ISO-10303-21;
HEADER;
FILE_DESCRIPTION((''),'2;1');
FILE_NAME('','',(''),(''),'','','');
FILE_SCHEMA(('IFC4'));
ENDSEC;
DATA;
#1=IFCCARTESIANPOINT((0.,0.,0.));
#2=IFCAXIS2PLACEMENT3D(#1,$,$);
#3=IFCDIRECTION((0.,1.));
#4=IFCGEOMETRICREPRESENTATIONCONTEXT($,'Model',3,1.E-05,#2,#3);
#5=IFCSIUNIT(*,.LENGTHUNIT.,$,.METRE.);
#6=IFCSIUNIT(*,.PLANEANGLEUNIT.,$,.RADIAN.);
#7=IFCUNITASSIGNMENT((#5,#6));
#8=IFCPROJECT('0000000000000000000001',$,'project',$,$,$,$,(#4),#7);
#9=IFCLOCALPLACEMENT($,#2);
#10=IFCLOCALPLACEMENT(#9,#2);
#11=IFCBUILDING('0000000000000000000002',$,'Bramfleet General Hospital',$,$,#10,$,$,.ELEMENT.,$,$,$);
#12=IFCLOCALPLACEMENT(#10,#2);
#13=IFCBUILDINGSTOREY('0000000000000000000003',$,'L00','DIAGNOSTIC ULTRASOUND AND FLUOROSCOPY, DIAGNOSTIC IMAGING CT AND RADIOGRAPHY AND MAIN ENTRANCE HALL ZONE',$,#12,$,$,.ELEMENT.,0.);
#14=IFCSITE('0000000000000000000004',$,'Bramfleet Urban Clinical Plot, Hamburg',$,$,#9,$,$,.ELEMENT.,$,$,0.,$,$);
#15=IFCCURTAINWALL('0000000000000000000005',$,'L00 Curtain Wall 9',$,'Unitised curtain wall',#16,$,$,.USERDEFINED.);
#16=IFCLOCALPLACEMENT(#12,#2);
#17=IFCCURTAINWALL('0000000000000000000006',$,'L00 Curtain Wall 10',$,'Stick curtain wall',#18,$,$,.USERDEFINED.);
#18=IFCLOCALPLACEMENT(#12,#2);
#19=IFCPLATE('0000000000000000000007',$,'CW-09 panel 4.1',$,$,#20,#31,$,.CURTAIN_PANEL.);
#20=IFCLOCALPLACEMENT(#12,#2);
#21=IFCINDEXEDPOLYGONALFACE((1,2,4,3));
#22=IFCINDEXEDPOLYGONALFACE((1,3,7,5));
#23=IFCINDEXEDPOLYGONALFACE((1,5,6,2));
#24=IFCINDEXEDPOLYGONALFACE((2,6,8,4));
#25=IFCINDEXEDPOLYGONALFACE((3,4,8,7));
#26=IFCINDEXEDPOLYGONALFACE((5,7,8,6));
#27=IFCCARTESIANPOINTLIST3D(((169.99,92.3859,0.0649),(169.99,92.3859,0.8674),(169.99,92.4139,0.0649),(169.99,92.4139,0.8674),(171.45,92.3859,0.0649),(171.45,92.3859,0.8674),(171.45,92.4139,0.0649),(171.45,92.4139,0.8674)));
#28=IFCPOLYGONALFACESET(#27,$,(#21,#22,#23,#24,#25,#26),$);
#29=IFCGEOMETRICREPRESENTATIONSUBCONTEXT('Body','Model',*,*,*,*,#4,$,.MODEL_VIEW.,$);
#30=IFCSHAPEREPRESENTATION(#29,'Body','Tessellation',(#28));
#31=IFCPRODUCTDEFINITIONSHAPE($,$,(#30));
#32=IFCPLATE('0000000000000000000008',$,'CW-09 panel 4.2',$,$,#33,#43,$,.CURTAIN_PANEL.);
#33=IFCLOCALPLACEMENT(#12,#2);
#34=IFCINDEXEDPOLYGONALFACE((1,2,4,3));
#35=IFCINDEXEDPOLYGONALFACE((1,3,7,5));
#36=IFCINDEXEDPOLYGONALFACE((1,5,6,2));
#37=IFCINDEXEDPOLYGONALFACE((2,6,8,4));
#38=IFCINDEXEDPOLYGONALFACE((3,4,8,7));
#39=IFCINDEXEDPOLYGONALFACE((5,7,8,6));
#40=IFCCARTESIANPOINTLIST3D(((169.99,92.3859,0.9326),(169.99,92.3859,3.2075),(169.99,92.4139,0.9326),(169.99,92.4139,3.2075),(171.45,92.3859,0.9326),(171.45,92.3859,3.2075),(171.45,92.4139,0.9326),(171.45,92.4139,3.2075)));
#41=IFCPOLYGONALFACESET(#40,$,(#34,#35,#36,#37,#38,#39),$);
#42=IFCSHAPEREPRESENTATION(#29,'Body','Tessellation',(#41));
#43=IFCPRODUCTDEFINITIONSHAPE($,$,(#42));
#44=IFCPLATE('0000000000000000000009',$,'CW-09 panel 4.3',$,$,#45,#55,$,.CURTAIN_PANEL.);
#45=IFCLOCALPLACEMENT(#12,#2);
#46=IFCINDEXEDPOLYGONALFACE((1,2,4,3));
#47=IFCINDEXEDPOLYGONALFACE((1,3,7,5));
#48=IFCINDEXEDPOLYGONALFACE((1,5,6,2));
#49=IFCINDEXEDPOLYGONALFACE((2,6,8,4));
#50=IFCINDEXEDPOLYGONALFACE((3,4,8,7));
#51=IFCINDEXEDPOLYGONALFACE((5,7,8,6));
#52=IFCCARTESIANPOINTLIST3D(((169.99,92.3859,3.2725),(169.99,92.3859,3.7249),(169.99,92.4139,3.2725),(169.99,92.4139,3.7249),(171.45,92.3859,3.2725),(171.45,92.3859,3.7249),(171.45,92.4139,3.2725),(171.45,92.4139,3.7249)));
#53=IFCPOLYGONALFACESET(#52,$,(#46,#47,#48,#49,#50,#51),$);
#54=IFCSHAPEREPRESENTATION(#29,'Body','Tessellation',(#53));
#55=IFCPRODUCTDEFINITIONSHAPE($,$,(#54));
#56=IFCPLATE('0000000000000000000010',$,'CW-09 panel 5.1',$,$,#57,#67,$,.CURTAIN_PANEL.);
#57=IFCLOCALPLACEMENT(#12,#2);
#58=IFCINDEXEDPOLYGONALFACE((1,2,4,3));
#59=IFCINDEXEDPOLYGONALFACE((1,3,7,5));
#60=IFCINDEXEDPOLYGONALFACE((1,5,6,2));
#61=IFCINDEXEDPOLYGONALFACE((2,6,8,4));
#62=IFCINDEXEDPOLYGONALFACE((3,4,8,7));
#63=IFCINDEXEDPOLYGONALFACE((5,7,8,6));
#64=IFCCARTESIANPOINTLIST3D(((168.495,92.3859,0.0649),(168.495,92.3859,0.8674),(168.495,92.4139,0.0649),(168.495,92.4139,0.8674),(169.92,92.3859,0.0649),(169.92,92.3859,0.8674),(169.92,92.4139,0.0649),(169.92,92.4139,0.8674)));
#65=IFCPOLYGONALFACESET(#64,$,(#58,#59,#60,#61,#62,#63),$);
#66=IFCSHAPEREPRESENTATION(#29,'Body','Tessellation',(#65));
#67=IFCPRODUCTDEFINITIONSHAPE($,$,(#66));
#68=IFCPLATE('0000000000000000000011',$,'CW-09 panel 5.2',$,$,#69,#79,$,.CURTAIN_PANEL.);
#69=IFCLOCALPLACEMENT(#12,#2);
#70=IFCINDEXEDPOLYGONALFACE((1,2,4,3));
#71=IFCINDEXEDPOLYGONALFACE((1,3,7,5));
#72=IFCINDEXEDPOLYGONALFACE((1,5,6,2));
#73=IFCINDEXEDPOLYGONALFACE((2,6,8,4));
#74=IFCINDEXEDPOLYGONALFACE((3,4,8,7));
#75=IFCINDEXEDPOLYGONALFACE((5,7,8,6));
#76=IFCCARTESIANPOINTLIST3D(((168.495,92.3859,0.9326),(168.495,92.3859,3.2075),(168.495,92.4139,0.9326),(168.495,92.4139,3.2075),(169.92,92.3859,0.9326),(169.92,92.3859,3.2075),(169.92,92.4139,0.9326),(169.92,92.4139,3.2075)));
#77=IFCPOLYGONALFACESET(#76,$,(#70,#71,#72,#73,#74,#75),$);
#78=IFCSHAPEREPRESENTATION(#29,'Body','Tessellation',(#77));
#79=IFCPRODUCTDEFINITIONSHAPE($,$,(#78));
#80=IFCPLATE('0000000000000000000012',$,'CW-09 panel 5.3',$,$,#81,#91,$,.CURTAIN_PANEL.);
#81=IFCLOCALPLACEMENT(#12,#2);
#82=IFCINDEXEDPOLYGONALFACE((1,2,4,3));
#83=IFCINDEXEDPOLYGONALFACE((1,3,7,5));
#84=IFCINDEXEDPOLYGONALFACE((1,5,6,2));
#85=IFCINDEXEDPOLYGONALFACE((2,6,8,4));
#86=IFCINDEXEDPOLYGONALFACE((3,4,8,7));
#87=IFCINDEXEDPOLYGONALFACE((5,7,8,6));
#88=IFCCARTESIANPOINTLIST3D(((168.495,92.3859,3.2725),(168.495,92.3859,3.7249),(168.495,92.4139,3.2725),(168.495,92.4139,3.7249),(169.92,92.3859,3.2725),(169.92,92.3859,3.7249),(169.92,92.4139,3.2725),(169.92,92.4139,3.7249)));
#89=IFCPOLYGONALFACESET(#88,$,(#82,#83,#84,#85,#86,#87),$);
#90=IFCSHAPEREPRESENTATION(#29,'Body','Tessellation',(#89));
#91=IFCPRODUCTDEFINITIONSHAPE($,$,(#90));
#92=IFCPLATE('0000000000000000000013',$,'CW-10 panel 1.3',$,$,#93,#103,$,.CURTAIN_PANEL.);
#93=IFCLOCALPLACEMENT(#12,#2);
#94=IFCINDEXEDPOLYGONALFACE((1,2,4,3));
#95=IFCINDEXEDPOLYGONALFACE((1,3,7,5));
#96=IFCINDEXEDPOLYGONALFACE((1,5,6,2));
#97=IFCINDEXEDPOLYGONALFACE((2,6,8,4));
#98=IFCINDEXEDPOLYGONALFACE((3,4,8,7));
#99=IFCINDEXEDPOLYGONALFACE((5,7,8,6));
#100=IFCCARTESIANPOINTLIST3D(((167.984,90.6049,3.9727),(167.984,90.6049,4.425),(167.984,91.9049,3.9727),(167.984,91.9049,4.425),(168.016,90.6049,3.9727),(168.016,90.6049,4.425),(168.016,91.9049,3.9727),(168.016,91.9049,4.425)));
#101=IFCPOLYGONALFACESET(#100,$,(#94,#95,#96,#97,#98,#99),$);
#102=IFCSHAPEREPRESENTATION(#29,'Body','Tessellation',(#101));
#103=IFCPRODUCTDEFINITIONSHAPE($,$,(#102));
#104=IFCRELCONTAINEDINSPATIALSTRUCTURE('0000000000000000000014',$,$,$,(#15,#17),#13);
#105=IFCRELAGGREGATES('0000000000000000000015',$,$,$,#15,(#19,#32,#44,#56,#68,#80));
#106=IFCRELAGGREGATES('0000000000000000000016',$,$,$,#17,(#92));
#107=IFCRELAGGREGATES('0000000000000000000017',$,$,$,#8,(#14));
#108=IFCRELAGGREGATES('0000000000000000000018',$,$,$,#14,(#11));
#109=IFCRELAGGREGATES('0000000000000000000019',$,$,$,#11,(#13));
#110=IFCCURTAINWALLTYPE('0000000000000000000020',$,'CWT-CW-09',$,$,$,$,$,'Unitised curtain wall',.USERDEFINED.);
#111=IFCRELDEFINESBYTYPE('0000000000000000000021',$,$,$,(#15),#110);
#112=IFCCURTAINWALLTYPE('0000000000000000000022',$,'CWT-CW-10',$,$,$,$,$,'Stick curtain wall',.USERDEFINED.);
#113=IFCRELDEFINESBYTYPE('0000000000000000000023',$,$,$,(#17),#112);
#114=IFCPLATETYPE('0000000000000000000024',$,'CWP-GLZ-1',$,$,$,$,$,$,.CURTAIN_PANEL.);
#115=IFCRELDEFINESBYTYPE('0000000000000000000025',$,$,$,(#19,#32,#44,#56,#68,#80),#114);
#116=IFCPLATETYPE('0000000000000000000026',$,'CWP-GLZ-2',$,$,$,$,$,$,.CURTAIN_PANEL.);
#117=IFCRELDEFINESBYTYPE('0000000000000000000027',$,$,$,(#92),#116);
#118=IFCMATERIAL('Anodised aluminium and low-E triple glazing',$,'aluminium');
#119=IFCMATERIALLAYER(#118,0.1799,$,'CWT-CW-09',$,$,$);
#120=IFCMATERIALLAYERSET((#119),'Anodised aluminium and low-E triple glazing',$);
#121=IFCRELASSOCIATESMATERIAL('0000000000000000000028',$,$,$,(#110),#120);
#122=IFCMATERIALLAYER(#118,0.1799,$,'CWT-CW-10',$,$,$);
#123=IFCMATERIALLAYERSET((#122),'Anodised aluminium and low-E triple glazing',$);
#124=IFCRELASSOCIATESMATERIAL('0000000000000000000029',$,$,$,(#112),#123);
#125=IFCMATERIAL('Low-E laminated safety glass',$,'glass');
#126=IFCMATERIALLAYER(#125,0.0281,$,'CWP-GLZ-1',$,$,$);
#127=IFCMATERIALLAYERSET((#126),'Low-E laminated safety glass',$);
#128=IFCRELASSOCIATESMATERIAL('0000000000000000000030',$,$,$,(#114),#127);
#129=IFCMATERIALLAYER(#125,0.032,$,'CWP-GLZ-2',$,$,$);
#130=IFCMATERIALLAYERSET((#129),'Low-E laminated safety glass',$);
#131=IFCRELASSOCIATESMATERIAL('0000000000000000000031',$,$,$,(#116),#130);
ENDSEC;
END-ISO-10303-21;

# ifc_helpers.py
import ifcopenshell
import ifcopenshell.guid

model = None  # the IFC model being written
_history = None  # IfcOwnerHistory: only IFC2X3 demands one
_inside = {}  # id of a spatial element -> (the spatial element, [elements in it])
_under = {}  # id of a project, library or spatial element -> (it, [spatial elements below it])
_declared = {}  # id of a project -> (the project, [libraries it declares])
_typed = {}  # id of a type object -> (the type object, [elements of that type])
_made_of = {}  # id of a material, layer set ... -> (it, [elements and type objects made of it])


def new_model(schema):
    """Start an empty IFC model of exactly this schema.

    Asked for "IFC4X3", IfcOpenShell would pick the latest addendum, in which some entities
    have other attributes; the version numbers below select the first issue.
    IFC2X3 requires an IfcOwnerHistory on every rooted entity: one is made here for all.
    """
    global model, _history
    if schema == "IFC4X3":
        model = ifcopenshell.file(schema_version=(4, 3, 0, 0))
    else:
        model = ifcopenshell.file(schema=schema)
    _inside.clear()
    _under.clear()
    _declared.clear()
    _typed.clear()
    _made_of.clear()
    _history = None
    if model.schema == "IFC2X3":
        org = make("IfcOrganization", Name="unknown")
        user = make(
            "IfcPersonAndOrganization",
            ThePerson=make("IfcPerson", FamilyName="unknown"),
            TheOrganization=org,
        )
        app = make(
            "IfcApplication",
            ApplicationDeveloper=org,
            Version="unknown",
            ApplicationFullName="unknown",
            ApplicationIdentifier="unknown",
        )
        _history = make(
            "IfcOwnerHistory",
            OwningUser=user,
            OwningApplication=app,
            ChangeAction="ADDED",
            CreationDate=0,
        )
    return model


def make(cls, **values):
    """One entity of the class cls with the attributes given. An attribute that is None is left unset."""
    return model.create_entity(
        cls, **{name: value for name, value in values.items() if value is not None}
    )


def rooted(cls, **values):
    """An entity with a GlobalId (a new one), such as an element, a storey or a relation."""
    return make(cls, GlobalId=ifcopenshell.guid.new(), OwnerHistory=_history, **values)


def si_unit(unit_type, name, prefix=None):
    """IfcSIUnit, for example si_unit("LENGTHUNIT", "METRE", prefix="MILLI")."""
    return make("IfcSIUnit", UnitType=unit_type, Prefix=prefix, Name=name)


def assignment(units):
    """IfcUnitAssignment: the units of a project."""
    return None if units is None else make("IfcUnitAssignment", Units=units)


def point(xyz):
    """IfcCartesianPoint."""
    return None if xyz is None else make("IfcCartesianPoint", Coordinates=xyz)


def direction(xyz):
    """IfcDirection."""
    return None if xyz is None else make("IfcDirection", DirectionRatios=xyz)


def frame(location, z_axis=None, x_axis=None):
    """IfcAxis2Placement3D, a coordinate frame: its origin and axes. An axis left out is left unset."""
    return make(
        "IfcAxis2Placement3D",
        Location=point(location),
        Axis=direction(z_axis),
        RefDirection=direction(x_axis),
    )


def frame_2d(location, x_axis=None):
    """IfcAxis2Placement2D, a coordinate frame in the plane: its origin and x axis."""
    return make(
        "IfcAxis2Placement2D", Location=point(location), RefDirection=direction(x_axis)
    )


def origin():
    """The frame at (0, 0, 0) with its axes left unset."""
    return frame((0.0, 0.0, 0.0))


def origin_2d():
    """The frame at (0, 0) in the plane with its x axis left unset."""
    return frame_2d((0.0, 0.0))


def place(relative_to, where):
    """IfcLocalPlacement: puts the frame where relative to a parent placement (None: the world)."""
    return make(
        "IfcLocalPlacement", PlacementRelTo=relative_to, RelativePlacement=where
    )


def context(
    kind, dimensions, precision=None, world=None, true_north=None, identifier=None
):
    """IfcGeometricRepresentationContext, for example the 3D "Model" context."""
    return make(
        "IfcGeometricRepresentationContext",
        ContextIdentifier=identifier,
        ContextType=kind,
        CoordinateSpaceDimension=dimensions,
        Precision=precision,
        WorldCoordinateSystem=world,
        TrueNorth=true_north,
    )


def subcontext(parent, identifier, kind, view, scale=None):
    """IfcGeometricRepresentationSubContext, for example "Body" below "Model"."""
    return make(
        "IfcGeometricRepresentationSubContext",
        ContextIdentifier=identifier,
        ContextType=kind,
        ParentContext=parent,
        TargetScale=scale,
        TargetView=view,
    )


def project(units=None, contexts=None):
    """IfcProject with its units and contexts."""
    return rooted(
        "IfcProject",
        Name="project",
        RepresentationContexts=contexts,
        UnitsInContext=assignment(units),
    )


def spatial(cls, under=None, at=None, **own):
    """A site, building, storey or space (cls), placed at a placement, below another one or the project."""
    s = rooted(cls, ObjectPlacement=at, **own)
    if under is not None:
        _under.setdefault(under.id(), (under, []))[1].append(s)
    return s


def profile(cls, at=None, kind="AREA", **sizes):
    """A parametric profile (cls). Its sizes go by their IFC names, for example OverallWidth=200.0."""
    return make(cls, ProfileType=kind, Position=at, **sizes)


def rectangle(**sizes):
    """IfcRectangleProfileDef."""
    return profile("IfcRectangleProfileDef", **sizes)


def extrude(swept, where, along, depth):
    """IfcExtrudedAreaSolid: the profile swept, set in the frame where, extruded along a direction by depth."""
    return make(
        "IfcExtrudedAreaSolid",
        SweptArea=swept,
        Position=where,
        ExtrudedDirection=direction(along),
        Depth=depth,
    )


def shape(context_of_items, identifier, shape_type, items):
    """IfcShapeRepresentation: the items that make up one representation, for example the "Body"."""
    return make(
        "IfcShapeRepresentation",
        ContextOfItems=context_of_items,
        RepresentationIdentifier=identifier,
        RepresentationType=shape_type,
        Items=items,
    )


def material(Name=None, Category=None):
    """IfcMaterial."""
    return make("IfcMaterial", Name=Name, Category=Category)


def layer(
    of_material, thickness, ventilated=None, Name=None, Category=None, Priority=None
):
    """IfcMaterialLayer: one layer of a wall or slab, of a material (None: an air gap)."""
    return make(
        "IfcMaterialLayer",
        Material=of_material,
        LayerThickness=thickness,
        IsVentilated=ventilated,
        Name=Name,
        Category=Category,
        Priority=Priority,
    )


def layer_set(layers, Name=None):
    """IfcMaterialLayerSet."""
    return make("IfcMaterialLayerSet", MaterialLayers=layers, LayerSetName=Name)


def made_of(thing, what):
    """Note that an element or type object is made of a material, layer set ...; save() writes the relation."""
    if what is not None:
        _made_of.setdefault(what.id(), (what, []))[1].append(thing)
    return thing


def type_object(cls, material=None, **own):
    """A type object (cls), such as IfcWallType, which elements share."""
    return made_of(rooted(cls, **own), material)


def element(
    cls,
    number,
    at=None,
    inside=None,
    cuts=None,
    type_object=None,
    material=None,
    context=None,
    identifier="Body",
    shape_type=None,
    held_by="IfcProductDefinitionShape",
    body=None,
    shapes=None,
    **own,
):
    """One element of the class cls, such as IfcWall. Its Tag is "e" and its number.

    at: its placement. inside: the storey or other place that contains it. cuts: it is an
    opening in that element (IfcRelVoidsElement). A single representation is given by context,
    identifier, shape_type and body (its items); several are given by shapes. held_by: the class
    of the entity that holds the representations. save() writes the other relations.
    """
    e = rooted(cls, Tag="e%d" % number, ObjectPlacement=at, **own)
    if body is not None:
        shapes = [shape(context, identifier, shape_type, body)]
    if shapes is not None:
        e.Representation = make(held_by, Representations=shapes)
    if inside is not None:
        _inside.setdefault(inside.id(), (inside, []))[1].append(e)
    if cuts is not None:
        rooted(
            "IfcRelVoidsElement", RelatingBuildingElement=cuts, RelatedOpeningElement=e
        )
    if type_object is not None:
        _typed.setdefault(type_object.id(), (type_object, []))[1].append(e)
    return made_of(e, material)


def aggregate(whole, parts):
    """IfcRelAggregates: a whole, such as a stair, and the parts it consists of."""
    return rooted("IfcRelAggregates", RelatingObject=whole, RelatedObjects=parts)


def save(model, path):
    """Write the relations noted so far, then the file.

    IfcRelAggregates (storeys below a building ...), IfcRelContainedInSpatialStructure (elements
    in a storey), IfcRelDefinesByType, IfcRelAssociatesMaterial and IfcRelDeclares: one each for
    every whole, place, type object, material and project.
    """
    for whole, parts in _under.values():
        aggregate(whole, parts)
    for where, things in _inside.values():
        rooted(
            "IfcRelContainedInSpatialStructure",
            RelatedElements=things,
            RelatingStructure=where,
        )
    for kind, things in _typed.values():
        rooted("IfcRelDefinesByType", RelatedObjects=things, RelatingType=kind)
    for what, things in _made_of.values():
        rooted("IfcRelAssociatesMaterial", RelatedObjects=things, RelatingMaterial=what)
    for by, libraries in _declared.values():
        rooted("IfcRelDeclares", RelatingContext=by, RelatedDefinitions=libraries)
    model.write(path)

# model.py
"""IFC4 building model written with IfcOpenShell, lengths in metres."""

from ifc_helpers import new_model, si_unit, direction, frame, origin, origin_2d, place, context, subcontext, project, spatial, rectangle, extrude, material, layer, layer_set, type_object, element, aggregate, save


model = new_model("IFC4")

# Units and contexts
model_context = context("Model", 3, precision=1e-05, world=origin(), true_north=direction((0.0, 1.0)))
body_context = subcontext(model_context, "Body", "Model", "MODEL_VIEW")
ifc_project = project(units=[si_unit("LENGTHUNIT", "METRE"), si_unit("PLANEANGLEUNIT", "RADIAN")], contexts=[model_context])

# Site, building, storey
site_placement = place(None, origin())
site = spatial("IfcSite", under=ifc_project, at=site_placement, Name="Bramfleet Urban Clinical Plot, Hamburg", CompositionType="ELEMENT", RefElevation=0.0)
building_placement = place(site_placement, origin())
building = spatial("IfcBuilding", under=site, at=building_placement, Name="Bramfleet General Hospital", CompositionType="ELEMENT")
storey_placement = place(building_placement, origin())
storey = spatial("IfcBuildingStorey", under=building, at=storey_placement, Name="L00", Description="DIAGNOSTIC ULTRASOUND AND FLUOROSCOPY, DIAGNOSTIC IMAGING CT AND RADIOGRAPHY AND MAIN ENTRANCE HALL ZONE", CompositionType="ELEMENT", Elevation=0.0)

# Curtain wall
ifc_material_1 = material(Name="Anodised aluminium and low-E triple glazing", Category="aluminium")
ifc_layer_1 = layer(ifc_material_1, 0.1799, Name="CWT-CW-09")
ifc_layer_set_1 = layer_set([ifc_layer_1], Name="Anodised aluminium and low-E triple glazing")
curtain_wall_type_1 = type_object("IfcCurtainWallType", Name="CWT-CW-09", ElementType="Unitised curtain wall", PredefinedType="USERDEFINED", material=ifc_layer_set_1)
curtain_wall_1_placement = place(storey_placement, origin())
curtain_wall_1 = element("IfcCurtainWall", 1, at=curtain_wall_1_placement, inside=storey, type_object=curtain_wall_type_1, Name="L00 Curtain Wall 9", ObjectType="Unitised curtain wall", PredefinedType="USERDEFINED")

# Curtain wall
ifc_layer_2 = layer(ifc_material_1, 0.1799, Name="CWT-CW-10")
ifc_layer_set_2 = layer_set([ifc_layer_2], Name="Anodised aluminium and low-E triple glazing")
curtain_wall_type_2 = type_object("IfcCurtainWallType", Name="CWT-CW-10", ElementType="Stick curtain wall", PredefinedType="USERDEFINED", material=ifc_layer_set_2)
curtain_wall_2_placement = place(storey_placement, origin())
curtain_wall_2 = element("IfcCurtainWall", 2, at=curtain_wall_2_placement, inside=storey, type_object=curtain_wall_type_2, Name="L00 Curtain Wall 10", ObjectType="Stick curtain wall", PredefinedType="USERDEFINED")

# Plates
ifc_material_2 = material(Name="Low-E laminated safety glass", Category="glass")
ifc_layer_3 = layer(ifc_material_2, 0.0281, Name="CWP-GLZ-1")
ifc_layer_set_3 = layer_set([ifc_layer_3], Name="Low-E laminated safety glass")
plate_type_1 = type_object("IfcPlateType", Name="CWP-GLZ-1", PredefinedType="CURTAIN_PANEL", material=ifc_layer_set_3)
plate_1_placement = place(storey_placement, frame((170.72, 92.3999, 0.0649), z_axis=(0.0, 0.0, 1.0), x_axis=(-1.0, 0.0, 0.0)))
plate_1 = element("IfcPlate", 3, at=plate_1_placement, type_object=plate_type_1, Name="CW-09 panel 4.1", PredefinedType="CURTAIN_PANEL", context=body_context, shape_type="SweptSolid", body=[
    extrude(rectangle(XDim=1.46, YDim=0.0281, at=origin_2d()), origin(), (0.0, 0.0, 1.0), 0.8025),
])
plate_2_placement = place(storey_placement, frame((170.72, 92.3999, 0.9326), z_axis=(0.0, 0.0, 1.0), x_axis=(-1.0, 0.0, 0.0)))
plate_2 = element("IfcPlate", 4, at=plate_2_placement, type_object=plate_type_1, Name="CW-09 panel 4.2", PredefinedType="CURTAIN_PANEL", context=body_context, shape_type="SweptSolid", body=[
    extrude(rectangle(XDim=1.46, YDim=0.0281, at=origin_2d()), origin(), (0.0, 0.0, 1.0), 2.2749),
])
plate_3_placement = place(storey_placement, frame((170.72, 92.3999, 3.2725), z_axis=(0.0, 0.0, 1.0), x_axis=(-1.0, 0.0, 0.0)))
plate_3 = element("IfcPlate", 5, at=plate_3_placement, type_object=plate_type_1, Name="CW-09 panel 4.3", PredefinedType="CURTAIN_PANEL", context=body_context, shape_type="SweptSolid", body=[
    extrude(rectangle(XDim=1.46, YDim=0.0281, at=origin_2d()), origin(), (0.0, 0.0, 1.0), 0.4524),
])
plate_4_placement = place(storey_placement, frame((169.2075, 92.3999, 0.0649), z_axis=(0.0, 0.0, 1.0), x_axis=(-1.0, 0.0, 0.0)))
plate_4 = element("IfcPlate", 6, at=plate_4_placement, type_object=plate_type_1, Name="CW-09 panel 5.1", PredefinedType="CURTAIN_PANEL", context=body_context, shape_type="SweptSolid", body=[
    extrude(rectangle(XDim=1.425, YDim=0.0281, at=origin_2d()), origin(), (0.0, 0.0, 1.0), 0.8025),
])
plate_5_placement = place(storey_placement, frame((169.2075, 92.3999, 0.9326), z_axis=(0.0, 0.0, 1.0), x_axis=(-1.0, 0.0, 0.0)))
plate_5 = element("IfcPlate", 7, at=plate_5_placement, type_object=plate_type_1, Name="CW-09 panel 5.2", PredefinedType="CURTAIN_PANEL", context=body_context, shape_type="SweptSolid", body=[
    extrude(rectangle(XDim=1.425, YDim=0.0281, at=origin_2d()), origin(), (0.0, 0.0, 1.0), 2.2749),
])
plate_6_placement = place(storey_placement, frame((169.2075, 92.3999, 3.2725), z_axis=(0.0, 0.0, 1.0), x_axis=(-1.0, 0.0, 0.0)))
plate_6 = element("IfcPlate", 8, at=plate_6_placement, type_object=plate_type_1, Name="CW-09 panel 5.3", PredefinedType="CURTAIN_PANEL", context=body_context, shape_type="SweptSolid", body=[
    extrude(rectangle(XDim=1.425, YDim=0.0281, at=origin_2d()), origin(), (0.0, 0.0, 1.0), 0.4524),
])
aggregate(curtain_wall_1, [plate_1, plate_2, plate_3, plate_4, plate_5, plate_6])
ifc_layer_4 = layer(ifc_material_2, 0.032, Name="CWP-GLZ-2")
ifc_layer_set_4 = layer_set([ifc_layer_4], Name="Low-E laminated safety glass")
plate_type_2 = type_object("IfcPlateType", Name="CWP-GLZ-2", PredefinedType="CURTAIN_PANEL", material=ifc_layer_set_4)
plate_7_placement = place(storey_placement, frame((168.0, 91.2549, 3.9727), z_axis=(0.0, 0.0, 1.0), x_axis=(0.0, -1.0, 0.0)))
plate_7 = element("IfcPlate", 9, at=plate_7_placement, type_object=plate_type_2, Name="CW-10 panel 1.3", PredefinedType="CURTAIN_PANEL", context=body_context, shape_type="SweptSolid", body=[
    extrude(rectangle(XDim=1.3, YDim=0.032, at=origin_2d()), origin(), (0.0, 0.0, 1.0), 0.4524),
])
aggregate(curtain_wall_2, [plate_7])

save(model, "model.ifc")
